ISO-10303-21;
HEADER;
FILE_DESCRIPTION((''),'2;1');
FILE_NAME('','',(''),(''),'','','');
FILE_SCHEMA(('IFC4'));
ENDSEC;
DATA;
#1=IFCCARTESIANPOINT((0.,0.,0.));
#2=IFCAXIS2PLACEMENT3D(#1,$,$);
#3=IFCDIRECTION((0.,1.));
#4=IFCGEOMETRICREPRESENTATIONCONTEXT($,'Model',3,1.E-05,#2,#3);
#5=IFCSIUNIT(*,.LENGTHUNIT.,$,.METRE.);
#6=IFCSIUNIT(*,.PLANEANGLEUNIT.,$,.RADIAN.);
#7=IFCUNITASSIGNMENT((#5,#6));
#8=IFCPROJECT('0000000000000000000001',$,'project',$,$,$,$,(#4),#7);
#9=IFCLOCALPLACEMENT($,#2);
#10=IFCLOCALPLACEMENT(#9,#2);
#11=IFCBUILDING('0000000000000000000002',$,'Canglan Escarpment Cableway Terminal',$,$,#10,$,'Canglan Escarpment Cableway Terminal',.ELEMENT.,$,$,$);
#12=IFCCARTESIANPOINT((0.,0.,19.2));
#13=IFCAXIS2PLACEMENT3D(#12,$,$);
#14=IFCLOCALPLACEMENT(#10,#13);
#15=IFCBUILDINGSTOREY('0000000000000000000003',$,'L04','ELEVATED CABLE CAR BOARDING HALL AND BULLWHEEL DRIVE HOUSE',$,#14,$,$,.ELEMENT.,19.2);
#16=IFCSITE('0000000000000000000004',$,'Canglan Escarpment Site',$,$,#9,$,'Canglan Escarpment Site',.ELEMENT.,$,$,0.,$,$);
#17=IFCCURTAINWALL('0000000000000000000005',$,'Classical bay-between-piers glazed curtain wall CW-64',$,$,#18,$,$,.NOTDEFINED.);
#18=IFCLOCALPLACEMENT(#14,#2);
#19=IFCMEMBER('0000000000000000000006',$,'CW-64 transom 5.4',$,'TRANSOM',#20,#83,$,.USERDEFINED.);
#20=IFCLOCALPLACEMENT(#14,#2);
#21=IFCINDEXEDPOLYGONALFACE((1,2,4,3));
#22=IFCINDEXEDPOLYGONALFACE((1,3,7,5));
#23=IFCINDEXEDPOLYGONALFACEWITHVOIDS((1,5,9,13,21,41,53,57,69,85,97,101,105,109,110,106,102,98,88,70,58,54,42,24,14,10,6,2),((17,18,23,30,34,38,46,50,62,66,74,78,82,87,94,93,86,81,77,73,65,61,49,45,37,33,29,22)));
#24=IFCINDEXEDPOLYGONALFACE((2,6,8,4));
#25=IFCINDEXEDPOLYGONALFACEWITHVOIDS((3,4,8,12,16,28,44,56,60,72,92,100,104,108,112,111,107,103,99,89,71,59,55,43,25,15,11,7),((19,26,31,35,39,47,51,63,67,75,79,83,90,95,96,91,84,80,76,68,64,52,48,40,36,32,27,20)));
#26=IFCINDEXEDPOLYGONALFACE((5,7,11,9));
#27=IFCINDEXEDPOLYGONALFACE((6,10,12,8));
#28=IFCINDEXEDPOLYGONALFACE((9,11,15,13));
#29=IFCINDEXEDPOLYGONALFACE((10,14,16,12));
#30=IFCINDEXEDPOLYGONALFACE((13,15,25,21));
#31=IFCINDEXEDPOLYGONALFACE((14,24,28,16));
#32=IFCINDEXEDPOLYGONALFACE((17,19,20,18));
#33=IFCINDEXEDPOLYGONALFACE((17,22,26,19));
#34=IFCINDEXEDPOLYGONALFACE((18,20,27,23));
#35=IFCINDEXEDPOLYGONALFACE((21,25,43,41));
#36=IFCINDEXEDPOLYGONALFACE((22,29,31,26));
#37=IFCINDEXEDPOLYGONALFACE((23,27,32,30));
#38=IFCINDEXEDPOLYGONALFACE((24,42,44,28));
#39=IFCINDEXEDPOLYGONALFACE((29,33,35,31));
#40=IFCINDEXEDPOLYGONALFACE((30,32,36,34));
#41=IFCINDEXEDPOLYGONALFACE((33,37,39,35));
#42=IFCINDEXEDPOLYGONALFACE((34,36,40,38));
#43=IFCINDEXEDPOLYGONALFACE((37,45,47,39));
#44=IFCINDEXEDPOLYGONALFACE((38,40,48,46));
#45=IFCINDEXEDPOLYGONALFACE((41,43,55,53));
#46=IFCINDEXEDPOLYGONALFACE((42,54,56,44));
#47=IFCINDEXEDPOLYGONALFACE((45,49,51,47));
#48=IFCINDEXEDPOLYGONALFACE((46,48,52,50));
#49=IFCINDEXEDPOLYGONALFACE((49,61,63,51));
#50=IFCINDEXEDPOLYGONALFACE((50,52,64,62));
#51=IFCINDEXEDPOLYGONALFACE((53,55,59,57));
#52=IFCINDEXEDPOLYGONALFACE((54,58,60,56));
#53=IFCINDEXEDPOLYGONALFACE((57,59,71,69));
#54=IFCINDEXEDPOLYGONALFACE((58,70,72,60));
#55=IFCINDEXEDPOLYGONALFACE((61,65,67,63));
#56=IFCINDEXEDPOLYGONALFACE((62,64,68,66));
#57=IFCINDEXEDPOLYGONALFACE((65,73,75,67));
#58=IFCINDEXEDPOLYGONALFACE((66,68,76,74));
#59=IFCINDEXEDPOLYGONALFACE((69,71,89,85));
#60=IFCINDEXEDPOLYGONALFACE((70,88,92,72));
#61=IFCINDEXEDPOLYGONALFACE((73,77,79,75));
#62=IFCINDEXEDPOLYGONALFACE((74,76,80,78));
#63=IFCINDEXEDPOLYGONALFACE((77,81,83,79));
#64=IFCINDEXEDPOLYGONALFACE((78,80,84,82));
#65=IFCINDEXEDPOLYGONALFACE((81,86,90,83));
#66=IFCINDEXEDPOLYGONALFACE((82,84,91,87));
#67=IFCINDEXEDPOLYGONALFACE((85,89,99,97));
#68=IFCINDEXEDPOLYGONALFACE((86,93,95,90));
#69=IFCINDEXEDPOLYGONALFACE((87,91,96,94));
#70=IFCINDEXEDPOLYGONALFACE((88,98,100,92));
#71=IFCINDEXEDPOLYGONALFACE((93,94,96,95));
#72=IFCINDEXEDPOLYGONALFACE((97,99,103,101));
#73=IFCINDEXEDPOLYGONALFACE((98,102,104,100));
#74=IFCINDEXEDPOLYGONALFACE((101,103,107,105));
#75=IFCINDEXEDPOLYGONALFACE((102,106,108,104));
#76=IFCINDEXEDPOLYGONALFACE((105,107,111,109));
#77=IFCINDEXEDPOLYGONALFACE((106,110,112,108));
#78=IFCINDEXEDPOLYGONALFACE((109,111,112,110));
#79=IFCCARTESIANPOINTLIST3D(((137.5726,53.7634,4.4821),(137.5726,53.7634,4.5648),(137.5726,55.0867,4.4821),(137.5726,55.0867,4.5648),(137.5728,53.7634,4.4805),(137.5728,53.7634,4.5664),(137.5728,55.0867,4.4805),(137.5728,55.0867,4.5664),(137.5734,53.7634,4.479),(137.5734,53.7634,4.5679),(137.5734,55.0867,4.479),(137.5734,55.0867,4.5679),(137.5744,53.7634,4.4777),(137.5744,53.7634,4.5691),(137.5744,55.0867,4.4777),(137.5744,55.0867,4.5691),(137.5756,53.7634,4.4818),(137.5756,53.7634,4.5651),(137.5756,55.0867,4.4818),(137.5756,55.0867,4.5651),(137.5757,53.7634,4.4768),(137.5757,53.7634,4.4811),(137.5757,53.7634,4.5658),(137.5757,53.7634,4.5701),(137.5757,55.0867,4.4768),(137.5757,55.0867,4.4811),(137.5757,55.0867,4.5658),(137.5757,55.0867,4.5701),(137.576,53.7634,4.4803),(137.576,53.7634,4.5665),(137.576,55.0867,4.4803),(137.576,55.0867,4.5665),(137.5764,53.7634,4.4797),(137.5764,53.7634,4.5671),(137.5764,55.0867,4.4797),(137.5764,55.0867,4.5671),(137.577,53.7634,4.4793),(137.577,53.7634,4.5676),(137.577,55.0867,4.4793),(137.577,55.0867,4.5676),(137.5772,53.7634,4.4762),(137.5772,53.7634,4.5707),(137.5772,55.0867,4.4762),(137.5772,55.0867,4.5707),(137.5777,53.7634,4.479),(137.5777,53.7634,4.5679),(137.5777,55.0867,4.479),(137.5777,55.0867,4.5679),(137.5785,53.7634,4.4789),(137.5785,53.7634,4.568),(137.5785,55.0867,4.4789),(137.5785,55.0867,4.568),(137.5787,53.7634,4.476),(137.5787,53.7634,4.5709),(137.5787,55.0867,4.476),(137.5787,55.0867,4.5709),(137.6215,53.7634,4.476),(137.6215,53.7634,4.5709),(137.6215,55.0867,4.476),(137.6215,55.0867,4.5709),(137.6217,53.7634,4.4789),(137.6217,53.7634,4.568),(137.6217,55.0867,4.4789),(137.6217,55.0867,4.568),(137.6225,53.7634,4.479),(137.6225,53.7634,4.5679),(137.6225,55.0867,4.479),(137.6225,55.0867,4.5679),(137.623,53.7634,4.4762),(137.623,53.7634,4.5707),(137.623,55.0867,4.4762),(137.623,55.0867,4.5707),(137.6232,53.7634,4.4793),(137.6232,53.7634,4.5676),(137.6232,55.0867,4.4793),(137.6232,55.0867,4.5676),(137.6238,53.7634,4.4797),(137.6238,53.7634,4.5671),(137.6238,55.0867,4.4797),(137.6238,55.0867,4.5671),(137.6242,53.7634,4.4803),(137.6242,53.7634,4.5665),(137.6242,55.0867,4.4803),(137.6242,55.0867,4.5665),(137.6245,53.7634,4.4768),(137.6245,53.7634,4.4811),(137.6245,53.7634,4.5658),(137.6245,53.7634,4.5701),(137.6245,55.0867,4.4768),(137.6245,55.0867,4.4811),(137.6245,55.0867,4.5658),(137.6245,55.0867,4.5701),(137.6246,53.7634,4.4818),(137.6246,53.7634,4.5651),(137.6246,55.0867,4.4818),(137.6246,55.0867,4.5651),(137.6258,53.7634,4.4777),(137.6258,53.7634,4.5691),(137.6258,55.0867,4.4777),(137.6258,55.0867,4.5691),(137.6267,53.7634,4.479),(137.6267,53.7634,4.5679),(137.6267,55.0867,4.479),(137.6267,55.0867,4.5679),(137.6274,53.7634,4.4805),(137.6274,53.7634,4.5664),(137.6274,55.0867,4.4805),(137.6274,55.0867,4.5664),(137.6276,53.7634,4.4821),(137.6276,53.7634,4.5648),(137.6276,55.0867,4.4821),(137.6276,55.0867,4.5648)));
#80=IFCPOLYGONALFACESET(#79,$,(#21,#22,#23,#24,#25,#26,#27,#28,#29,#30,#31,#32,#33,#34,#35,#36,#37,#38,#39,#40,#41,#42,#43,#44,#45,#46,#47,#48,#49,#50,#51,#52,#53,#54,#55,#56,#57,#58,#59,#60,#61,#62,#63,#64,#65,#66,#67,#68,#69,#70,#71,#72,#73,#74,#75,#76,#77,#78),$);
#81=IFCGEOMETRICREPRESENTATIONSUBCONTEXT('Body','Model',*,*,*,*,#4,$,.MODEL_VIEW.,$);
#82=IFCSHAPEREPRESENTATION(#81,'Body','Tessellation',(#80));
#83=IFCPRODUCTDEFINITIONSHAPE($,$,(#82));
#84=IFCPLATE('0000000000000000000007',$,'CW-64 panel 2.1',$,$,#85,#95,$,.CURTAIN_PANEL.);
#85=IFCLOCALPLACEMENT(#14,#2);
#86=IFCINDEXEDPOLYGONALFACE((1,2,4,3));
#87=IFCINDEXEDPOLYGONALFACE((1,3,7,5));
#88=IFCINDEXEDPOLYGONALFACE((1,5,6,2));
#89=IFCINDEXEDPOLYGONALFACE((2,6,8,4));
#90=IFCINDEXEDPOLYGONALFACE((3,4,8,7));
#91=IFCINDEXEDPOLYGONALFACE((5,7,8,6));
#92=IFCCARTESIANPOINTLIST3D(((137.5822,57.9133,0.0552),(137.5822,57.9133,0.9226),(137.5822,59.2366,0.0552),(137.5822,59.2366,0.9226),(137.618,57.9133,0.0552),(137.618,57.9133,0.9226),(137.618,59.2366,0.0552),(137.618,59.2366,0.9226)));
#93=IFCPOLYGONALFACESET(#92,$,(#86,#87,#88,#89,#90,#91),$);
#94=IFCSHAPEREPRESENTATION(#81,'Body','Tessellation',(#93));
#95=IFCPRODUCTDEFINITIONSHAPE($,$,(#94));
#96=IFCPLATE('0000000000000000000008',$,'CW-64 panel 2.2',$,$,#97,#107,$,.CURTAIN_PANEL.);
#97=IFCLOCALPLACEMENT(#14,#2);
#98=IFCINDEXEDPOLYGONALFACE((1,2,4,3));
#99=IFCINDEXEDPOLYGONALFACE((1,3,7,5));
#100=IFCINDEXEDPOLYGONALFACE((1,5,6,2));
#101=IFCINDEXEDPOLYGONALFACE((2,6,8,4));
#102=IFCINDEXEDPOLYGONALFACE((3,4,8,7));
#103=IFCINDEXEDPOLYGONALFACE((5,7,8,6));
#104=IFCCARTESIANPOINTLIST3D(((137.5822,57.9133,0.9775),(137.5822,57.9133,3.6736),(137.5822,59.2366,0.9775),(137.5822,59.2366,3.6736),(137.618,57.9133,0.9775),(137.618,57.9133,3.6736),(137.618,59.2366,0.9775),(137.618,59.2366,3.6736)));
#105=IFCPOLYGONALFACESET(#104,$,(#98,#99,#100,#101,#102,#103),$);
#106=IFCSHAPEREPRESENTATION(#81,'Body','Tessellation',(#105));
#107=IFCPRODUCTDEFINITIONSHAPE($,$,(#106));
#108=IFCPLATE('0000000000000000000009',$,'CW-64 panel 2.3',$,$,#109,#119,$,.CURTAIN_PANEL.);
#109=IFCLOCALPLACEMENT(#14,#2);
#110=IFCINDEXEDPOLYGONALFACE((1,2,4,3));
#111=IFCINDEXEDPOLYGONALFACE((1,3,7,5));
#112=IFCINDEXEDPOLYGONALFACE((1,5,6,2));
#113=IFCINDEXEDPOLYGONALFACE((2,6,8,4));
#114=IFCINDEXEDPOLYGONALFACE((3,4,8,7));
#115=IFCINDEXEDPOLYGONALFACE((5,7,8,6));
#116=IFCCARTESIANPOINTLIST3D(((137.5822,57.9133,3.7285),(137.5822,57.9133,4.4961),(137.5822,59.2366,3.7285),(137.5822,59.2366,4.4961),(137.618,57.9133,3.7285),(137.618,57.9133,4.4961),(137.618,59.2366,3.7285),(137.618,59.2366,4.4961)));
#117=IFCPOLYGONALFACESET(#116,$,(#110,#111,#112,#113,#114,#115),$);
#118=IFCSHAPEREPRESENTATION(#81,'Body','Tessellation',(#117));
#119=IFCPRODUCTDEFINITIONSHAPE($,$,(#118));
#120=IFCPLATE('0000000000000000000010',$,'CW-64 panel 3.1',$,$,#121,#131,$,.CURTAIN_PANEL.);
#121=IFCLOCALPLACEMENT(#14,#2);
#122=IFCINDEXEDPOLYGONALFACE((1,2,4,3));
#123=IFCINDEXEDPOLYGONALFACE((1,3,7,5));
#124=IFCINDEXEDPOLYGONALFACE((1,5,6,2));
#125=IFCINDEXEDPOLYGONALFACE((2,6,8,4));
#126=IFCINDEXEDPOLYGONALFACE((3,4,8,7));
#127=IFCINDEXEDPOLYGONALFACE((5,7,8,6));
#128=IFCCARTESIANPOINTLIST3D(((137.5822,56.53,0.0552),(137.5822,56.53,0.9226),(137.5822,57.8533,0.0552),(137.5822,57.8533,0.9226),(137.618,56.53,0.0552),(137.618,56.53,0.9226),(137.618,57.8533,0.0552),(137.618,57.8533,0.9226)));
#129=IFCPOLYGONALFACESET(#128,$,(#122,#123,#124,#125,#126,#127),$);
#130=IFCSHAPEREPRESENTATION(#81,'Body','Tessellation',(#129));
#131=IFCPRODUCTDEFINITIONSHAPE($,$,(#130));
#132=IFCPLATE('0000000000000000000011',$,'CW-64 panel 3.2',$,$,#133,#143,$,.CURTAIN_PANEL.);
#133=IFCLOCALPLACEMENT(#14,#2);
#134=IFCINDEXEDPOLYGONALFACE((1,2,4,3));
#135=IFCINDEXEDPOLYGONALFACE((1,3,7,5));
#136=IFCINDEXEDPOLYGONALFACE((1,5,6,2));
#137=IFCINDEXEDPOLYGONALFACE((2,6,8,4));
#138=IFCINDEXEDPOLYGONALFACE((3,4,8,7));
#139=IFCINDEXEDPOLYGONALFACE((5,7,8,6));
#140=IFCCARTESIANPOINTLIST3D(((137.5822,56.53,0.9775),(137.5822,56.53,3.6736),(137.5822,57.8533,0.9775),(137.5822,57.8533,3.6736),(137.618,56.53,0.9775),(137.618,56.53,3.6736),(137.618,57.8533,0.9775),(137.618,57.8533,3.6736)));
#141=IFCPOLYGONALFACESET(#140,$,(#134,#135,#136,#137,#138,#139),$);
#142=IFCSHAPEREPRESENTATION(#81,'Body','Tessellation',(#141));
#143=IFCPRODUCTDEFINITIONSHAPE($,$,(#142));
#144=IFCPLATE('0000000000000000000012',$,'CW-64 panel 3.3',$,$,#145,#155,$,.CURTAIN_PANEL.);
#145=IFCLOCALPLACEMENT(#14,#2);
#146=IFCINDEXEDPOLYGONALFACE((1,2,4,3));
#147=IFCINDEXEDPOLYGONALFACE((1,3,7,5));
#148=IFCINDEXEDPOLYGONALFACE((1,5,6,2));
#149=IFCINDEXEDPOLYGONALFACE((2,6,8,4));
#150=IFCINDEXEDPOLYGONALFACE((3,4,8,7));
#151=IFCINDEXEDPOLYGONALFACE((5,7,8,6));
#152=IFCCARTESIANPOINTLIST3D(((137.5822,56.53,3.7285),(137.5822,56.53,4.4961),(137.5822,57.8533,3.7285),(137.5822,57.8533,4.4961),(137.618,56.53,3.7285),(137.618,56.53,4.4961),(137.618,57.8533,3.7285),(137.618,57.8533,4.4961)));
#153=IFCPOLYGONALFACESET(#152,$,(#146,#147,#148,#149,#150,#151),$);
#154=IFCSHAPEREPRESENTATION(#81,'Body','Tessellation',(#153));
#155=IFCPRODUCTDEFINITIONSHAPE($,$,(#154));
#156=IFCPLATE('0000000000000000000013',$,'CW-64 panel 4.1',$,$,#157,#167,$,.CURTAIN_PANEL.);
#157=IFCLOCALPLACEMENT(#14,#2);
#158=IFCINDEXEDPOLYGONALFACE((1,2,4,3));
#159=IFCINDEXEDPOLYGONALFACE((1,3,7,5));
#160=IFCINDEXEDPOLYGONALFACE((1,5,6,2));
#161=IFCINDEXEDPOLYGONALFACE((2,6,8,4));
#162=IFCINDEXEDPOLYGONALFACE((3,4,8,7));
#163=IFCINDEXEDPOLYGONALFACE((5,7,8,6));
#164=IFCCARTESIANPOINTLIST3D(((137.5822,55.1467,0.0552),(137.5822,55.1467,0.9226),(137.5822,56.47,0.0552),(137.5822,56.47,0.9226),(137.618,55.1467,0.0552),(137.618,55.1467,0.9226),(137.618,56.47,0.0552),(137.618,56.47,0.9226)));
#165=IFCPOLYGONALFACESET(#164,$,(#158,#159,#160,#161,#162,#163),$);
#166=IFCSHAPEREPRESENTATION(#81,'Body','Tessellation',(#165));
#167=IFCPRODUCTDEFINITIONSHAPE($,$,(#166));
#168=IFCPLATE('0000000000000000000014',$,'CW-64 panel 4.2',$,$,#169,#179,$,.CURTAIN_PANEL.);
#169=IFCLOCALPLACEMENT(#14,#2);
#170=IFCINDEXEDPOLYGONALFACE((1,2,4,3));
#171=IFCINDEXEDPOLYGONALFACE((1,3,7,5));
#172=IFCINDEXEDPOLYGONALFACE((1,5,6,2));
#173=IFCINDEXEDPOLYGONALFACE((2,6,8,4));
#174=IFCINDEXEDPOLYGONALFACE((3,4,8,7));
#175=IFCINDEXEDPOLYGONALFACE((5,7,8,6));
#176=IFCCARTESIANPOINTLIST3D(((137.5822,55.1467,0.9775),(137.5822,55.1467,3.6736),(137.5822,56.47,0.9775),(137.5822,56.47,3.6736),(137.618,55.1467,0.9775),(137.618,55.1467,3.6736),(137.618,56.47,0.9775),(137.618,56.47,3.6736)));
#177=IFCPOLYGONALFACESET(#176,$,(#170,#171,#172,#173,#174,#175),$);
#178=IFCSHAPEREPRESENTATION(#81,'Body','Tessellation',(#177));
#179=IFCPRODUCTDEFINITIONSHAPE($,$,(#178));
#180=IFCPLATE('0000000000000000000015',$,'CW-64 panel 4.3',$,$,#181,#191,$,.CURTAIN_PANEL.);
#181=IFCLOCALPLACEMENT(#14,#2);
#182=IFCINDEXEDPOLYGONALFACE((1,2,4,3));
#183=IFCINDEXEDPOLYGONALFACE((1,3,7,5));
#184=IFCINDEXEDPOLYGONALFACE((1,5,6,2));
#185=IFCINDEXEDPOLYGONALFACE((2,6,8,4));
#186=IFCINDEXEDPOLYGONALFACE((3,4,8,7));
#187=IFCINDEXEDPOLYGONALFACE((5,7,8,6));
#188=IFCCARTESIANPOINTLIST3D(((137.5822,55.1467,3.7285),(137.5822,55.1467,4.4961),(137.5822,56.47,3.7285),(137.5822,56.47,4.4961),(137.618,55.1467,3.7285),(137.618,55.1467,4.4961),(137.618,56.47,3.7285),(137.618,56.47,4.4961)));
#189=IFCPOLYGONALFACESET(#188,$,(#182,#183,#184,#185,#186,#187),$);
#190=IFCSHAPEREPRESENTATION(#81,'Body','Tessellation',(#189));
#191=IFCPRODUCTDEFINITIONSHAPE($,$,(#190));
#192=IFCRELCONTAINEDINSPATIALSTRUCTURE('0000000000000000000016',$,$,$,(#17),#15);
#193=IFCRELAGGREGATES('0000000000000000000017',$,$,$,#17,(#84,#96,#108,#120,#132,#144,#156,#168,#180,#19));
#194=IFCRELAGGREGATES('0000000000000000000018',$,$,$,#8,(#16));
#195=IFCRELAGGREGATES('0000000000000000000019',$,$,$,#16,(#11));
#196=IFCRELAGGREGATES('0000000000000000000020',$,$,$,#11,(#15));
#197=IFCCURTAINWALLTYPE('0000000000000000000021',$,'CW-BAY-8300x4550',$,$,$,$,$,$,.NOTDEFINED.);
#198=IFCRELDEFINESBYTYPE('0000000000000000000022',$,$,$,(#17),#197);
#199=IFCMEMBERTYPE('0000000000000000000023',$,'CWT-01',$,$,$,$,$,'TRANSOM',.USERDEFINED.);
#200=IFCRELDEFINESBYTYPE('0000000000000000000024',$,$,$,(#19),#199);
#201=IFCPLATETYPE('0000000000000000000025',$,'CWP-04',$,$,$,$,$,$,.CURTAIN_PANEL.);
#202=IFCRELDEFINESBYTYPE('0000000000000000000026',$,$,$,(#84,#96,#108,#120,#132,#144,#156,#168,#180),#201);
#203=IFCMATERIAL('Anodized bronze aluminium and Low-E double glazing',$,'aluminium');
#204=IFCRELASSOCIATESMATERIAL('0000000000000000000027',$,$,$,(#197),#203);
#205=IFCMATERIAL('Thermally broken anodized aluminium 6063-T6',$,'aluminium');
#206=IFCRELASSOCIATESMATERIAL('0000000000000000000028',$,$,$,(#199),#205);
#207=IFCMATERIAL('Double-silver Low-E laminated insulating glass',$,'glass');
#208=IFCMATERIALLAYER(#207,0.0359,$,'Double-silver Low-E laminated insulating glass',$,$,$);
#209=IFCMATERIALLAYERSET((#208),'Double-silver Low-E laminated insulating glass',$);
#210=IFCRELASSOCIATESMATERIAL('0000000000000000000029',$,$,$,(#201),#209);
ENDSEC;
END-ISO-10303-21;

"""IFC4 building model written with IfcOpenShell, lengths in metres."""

from ifc_helpers import new_model, si_unit, direction, frame, origin, origin_2d, place, context, subcontext, project, spatial, rectangle, hollow_rectangle, extrude, material, layer, layer_set, material_profile, profile_set, type_object, element, aggregate, save


model = new_model("IFC4")

# Units and contexts
model_context = context("Model", 3, precision=1e-05, world=origin(), true_north=direction((0.0, 1.0)))
body_context = subcontext(model_context, "Body", "Model", "MODEL_VIEW")
ifc_project = project(units=[si_unit("LENGTHUNIT", "METRE"), si_unit("PLANEANGLEUNIT", "RADIAN")], contexts=[model_context])

# Site, building, storey
site_placement = place(None, origin())
site = spatial("IfcSite", under=ifc_project, at=site_placement, Name="Canglan Escarpment Site", LongName="Canglan Escarpment Site", CompositionType="ELEMENT", RefElevation=0.0)
building_placement = place(site_placement, origin())
building = spatial("IfcBuilding", under=site, at=building_placement, Name="Canglan Escarpment Cableway Terminal", LongName="Canglan Escarpment Cableway Terminal", CompositionType="ELEMENT")
storey_placement = place(building_placement, frame((0.0, 0.0, 19.2)))
storey = spatial("IfcBuildingStorey", under=building, at=storey_placement, Name="L04", Description="ELEVATED CABLE CAR BOARDING HALL AND BULLWHEEL DRIVE HOUSE", CompositionType="ELEMENT", Elevation=19.2)

# Curtain wall, member, plates
ifc_material_1 = material(Name="Anodized bronze aluminium and Low-E double glazing", Category="aluminium")
curtain_wall_type = type_object("IfcCurtainWallType", Name="CW-BAY-8300x4550", PredefinedType="NOTDEFINED", material=ifc_material_1)
curtain_wall_placement = place(storey_placement, origin())
curtain_wall = element("IfcCurtainWall", 1, at=curtain_wall_placement, inside=storey, type_object=curtain_wall_type, Name="Classical bay-between-piers glazed curtain wall CW-64", PredefinedType="NOTDEFINED")
ifc_material_2 = material(Name="Thermally broken anodized aluminium 6063-T6", Category="aluminium")
ifc_material_profile_1 = material_profile(ifc_material_2, hollow_rectangle(XDim=0.0549, YDim=0.095, WallThickness=0.0029, InnerFilletRadius=0.0029, OuterFilletRadius=0.0061, at=origin_2d()), Name="ALU-TRAN 55x95x3")
ifc_profile_set_1 = profile_set([ifc_material_profile_1], Name="Thermally broken anodized aluminium 6063-T6")
member_type_1 = type_object("IfcMemberType", Name="CWT-01", ElementType="TRANSOM", PredefinedType="USERDEFINED", material=ifc_profile_set_1)
member_1_placement = place(storey_placement, frame((137.6001, 55.0867, 4.5234), z_axis=(0.0, -1.0, 0.0), x_axis=(1.0, 0.0, 0.0)))
member_1 = element("IfcMember", 2, at=member_1_placement, type_object=member_type_1, Name="CW-64 transom 5.4", ObjectType="TRANSOM", PredefinedType="USERDEFINED", context=body_context, shape_type="SweptSolid", body=[
    extrude(hollow_rectangle(XDim=0.0549, YDim=0.095, WallThickness=0.0029, InnerFilletRadius=0.0029, OuterFilletRadius=0.0061, at=origin_2d()), origin(), (0.0, 0.0, 1.0), 1.3232),
])
ifc_material_3 = material(Name="Double-silver Low-E laminated insulating glass", Category="glass")
ifc_layer_1 = layer(ifc_material_3, 0.0359, Name="Double-silver Low-E laminated insulating glass")
ifc_layer_set_1 = layer_set([ifc_layer_1], Name="Double-silver Low-E laminated insulating glass")
plate_type = type_object("IfcPlateType", Name="CWP-04", PredefinedType="CURTAIN_PANEL", material=ifc_layer_set_1)
plate_1_placement = place(storey_placement, frame((137.6001, 58.575, 0.0552), z_axis=(0.0, 0.0, 1.0), x_axis=(0.0, -1.0, 0.0)))
plate_1 = element("IfcPlate", 3, at=plate_1_placement, type_object=plate_type, Name="CW-64 panel 2.1", PredefinedType="CURTAIN_PANEL", context=body_context, shape_type="SweptSolid", body=[
    extrude(rectangle(XDim=1.3232, YDim=0.0359, at=origin_2d()), origin(), (0.0, 0.0, 1.0), 0.8674),
])
plate_2_placement = place(storey_placement, frame((137.6001, 58.575, 0.9775), z_axis=(0.0, 0.0, 1.0), x_axis=(0.0, -1.0, 0.0)))
plate_2 = element("IfcPlate", 4, at=plate_2_placement, type_object=plate_type, Name="CW-64 panel 2.2", PredefinedType="CURTAIN_PANEL", context=body_context, shape_type="SweptSolid", body=[
    extrude(rectangle(XDim=1.3232, YDim=0.0359, at=origin_2d()), origin(), (0.0, 0.0, 1.0), 2.696),
])
plate_3_placement = place(storey_placement, frame((137.6001, 58.575, 3.7285), z_axis=(0.0, 0.0, 1.0), x_axis=(0.0, -1.0, 0.0)))
plate_3 = element("IfcPlate", 5, at=plate_3_placement, type_object=plate_type, Name="CW-64 panel 2.3", PredefinedType="CURTAIN_PANEL", context=body_context, shape_type="SweptSolid", body=[
    extrude(rectangle(XDim=1.3232, YDim=0.0359, at=origin_2d()), origin(), (0.0, 0.0, 1.0), 0.7676),
])
plate_4_placement = place(storey_placement, frame((137.6001, 57.1917, 0.0552), z_axis=(0.0, 0.0, 1.0), x_axis=(0.0, -1.0, 0.0)))
plate_4 = element("IfcPlate", 6, at=plate_4_placement, type_object=plate_type, Name="CW-64 panel 3.1", PredefinedType="CURTAIN_PANEL", context=body_context, shape_type="SweptSolid", body=[
    extrude(rectangle(XDim=1.3232, YDim=0.0359, at=origin_2d()), origin(), (0.0, 0.0, 1.0), 0.8674),
])
plate_5_placement = place(storey_placement, frame((137.6001, 57.1917, 0.9775), z_axis=(0.0, 0.0, 1.0), x_axis=(0.0, -1.0, 0.0)))
plate_5 = element("IfcPlate", 7, at=plate_5_placement, type_object=plate_type, Name="CW-64 panel 3.2", PredefinedType="CURTAIN_PANEL", context=body_context, shape_type="SweptSolid", body=[
    extrude(rectangle(XDim=1.3232, YDim=0.0359, at=origin_2d()), origin(), (0.0, 0.0, 1.0), 2.696),
])
plate_6_placement = place(storey_placement, frame((137.6001, 57.1917, 3.7285), z_axis=(0.0, 0.0, 1.0), x_axis=(0.0, -1.0, 0.0)))
plate_6 = element("IfcPlate", 8, at=plate_6_placement, type_object=plate_type, Name="CW-64 panel 3.3", PredefinedType="CURTAIN_PANEL", context=body_context, shape_type="SweptSolid", body=[
    extrude(rectangle(XDim=1.3232, YDim=0.0359, at=origin_2d()), origin(), (0.0, 0.0, 1.0), 0.7676),
])
plate_7_placement = place(storey_placement, frame((137.6001, 55.8083, 0.0552), z_axis=(0.0, 0.0, 1.0), x_axis=(0.0, -1.0, 0.0)))
plate_7 = element("IfcPlate", 9, at=plate_7_placement, type_object=plate_type, Name="CW-64 panel 4.1", PredefinedType="CURTAIN_PANEL", context=body_context, shape_type="SweptSolid", body=[
    extrude(rectangle(XDim=1.3232, YDim=0.0359, at=origin_2d()), origin(), (0.0, 0.0, 1.0), 0.8674),
])
plate_8_placement = place(storey_placement, frame((137.6001, 55.8083, 0.9775), z_axis=(0.0, 0.0, 1.0), x_axis=(0.0, -1.0, 0.0)))
plate_8 = element("IfcPlate", 10, at=plate_8_placement, type_object=plate_type, Name="CW-64 panel 4.2", PredefinedType="CURTAIN_PANEL", context=body_context, shape_type="SweptSolid", body=[
    extrude(rectangle(XDim=1.3232, YDim=0.0359, at=origin_2d()), origin(), (0.0, 0.0, 1.0), 2.696),
])
plate_9_placement = place(storey_placement, frame((137.6001, 55.8083, 3.7285), z_axis=(0.0, 0.0, 1.0), x_axis=(0.0, -1.0, 0.0)))
plate_9 = element("IfcPlate", 11, at=plate_9_placement, type_object=plate_type, Name="CW-64 panel 4.3", PredefinedType="CURTAIN_PANEL", context=body_context, shape_type="SweptSolid", body=[
    extrude(rectangle(XDim=1.3232, YDim=0.0359, at=origin_2d()), origin(), (0.0, 0.0, 1.0), 0.7676),
])
aggregate(curtain_wall, [plate_1, plate_2, plate_3, plate_4, plate_5, plate_6, plate_7, plate_8, plate_9, member_1])

save(model, "model.ifc")
